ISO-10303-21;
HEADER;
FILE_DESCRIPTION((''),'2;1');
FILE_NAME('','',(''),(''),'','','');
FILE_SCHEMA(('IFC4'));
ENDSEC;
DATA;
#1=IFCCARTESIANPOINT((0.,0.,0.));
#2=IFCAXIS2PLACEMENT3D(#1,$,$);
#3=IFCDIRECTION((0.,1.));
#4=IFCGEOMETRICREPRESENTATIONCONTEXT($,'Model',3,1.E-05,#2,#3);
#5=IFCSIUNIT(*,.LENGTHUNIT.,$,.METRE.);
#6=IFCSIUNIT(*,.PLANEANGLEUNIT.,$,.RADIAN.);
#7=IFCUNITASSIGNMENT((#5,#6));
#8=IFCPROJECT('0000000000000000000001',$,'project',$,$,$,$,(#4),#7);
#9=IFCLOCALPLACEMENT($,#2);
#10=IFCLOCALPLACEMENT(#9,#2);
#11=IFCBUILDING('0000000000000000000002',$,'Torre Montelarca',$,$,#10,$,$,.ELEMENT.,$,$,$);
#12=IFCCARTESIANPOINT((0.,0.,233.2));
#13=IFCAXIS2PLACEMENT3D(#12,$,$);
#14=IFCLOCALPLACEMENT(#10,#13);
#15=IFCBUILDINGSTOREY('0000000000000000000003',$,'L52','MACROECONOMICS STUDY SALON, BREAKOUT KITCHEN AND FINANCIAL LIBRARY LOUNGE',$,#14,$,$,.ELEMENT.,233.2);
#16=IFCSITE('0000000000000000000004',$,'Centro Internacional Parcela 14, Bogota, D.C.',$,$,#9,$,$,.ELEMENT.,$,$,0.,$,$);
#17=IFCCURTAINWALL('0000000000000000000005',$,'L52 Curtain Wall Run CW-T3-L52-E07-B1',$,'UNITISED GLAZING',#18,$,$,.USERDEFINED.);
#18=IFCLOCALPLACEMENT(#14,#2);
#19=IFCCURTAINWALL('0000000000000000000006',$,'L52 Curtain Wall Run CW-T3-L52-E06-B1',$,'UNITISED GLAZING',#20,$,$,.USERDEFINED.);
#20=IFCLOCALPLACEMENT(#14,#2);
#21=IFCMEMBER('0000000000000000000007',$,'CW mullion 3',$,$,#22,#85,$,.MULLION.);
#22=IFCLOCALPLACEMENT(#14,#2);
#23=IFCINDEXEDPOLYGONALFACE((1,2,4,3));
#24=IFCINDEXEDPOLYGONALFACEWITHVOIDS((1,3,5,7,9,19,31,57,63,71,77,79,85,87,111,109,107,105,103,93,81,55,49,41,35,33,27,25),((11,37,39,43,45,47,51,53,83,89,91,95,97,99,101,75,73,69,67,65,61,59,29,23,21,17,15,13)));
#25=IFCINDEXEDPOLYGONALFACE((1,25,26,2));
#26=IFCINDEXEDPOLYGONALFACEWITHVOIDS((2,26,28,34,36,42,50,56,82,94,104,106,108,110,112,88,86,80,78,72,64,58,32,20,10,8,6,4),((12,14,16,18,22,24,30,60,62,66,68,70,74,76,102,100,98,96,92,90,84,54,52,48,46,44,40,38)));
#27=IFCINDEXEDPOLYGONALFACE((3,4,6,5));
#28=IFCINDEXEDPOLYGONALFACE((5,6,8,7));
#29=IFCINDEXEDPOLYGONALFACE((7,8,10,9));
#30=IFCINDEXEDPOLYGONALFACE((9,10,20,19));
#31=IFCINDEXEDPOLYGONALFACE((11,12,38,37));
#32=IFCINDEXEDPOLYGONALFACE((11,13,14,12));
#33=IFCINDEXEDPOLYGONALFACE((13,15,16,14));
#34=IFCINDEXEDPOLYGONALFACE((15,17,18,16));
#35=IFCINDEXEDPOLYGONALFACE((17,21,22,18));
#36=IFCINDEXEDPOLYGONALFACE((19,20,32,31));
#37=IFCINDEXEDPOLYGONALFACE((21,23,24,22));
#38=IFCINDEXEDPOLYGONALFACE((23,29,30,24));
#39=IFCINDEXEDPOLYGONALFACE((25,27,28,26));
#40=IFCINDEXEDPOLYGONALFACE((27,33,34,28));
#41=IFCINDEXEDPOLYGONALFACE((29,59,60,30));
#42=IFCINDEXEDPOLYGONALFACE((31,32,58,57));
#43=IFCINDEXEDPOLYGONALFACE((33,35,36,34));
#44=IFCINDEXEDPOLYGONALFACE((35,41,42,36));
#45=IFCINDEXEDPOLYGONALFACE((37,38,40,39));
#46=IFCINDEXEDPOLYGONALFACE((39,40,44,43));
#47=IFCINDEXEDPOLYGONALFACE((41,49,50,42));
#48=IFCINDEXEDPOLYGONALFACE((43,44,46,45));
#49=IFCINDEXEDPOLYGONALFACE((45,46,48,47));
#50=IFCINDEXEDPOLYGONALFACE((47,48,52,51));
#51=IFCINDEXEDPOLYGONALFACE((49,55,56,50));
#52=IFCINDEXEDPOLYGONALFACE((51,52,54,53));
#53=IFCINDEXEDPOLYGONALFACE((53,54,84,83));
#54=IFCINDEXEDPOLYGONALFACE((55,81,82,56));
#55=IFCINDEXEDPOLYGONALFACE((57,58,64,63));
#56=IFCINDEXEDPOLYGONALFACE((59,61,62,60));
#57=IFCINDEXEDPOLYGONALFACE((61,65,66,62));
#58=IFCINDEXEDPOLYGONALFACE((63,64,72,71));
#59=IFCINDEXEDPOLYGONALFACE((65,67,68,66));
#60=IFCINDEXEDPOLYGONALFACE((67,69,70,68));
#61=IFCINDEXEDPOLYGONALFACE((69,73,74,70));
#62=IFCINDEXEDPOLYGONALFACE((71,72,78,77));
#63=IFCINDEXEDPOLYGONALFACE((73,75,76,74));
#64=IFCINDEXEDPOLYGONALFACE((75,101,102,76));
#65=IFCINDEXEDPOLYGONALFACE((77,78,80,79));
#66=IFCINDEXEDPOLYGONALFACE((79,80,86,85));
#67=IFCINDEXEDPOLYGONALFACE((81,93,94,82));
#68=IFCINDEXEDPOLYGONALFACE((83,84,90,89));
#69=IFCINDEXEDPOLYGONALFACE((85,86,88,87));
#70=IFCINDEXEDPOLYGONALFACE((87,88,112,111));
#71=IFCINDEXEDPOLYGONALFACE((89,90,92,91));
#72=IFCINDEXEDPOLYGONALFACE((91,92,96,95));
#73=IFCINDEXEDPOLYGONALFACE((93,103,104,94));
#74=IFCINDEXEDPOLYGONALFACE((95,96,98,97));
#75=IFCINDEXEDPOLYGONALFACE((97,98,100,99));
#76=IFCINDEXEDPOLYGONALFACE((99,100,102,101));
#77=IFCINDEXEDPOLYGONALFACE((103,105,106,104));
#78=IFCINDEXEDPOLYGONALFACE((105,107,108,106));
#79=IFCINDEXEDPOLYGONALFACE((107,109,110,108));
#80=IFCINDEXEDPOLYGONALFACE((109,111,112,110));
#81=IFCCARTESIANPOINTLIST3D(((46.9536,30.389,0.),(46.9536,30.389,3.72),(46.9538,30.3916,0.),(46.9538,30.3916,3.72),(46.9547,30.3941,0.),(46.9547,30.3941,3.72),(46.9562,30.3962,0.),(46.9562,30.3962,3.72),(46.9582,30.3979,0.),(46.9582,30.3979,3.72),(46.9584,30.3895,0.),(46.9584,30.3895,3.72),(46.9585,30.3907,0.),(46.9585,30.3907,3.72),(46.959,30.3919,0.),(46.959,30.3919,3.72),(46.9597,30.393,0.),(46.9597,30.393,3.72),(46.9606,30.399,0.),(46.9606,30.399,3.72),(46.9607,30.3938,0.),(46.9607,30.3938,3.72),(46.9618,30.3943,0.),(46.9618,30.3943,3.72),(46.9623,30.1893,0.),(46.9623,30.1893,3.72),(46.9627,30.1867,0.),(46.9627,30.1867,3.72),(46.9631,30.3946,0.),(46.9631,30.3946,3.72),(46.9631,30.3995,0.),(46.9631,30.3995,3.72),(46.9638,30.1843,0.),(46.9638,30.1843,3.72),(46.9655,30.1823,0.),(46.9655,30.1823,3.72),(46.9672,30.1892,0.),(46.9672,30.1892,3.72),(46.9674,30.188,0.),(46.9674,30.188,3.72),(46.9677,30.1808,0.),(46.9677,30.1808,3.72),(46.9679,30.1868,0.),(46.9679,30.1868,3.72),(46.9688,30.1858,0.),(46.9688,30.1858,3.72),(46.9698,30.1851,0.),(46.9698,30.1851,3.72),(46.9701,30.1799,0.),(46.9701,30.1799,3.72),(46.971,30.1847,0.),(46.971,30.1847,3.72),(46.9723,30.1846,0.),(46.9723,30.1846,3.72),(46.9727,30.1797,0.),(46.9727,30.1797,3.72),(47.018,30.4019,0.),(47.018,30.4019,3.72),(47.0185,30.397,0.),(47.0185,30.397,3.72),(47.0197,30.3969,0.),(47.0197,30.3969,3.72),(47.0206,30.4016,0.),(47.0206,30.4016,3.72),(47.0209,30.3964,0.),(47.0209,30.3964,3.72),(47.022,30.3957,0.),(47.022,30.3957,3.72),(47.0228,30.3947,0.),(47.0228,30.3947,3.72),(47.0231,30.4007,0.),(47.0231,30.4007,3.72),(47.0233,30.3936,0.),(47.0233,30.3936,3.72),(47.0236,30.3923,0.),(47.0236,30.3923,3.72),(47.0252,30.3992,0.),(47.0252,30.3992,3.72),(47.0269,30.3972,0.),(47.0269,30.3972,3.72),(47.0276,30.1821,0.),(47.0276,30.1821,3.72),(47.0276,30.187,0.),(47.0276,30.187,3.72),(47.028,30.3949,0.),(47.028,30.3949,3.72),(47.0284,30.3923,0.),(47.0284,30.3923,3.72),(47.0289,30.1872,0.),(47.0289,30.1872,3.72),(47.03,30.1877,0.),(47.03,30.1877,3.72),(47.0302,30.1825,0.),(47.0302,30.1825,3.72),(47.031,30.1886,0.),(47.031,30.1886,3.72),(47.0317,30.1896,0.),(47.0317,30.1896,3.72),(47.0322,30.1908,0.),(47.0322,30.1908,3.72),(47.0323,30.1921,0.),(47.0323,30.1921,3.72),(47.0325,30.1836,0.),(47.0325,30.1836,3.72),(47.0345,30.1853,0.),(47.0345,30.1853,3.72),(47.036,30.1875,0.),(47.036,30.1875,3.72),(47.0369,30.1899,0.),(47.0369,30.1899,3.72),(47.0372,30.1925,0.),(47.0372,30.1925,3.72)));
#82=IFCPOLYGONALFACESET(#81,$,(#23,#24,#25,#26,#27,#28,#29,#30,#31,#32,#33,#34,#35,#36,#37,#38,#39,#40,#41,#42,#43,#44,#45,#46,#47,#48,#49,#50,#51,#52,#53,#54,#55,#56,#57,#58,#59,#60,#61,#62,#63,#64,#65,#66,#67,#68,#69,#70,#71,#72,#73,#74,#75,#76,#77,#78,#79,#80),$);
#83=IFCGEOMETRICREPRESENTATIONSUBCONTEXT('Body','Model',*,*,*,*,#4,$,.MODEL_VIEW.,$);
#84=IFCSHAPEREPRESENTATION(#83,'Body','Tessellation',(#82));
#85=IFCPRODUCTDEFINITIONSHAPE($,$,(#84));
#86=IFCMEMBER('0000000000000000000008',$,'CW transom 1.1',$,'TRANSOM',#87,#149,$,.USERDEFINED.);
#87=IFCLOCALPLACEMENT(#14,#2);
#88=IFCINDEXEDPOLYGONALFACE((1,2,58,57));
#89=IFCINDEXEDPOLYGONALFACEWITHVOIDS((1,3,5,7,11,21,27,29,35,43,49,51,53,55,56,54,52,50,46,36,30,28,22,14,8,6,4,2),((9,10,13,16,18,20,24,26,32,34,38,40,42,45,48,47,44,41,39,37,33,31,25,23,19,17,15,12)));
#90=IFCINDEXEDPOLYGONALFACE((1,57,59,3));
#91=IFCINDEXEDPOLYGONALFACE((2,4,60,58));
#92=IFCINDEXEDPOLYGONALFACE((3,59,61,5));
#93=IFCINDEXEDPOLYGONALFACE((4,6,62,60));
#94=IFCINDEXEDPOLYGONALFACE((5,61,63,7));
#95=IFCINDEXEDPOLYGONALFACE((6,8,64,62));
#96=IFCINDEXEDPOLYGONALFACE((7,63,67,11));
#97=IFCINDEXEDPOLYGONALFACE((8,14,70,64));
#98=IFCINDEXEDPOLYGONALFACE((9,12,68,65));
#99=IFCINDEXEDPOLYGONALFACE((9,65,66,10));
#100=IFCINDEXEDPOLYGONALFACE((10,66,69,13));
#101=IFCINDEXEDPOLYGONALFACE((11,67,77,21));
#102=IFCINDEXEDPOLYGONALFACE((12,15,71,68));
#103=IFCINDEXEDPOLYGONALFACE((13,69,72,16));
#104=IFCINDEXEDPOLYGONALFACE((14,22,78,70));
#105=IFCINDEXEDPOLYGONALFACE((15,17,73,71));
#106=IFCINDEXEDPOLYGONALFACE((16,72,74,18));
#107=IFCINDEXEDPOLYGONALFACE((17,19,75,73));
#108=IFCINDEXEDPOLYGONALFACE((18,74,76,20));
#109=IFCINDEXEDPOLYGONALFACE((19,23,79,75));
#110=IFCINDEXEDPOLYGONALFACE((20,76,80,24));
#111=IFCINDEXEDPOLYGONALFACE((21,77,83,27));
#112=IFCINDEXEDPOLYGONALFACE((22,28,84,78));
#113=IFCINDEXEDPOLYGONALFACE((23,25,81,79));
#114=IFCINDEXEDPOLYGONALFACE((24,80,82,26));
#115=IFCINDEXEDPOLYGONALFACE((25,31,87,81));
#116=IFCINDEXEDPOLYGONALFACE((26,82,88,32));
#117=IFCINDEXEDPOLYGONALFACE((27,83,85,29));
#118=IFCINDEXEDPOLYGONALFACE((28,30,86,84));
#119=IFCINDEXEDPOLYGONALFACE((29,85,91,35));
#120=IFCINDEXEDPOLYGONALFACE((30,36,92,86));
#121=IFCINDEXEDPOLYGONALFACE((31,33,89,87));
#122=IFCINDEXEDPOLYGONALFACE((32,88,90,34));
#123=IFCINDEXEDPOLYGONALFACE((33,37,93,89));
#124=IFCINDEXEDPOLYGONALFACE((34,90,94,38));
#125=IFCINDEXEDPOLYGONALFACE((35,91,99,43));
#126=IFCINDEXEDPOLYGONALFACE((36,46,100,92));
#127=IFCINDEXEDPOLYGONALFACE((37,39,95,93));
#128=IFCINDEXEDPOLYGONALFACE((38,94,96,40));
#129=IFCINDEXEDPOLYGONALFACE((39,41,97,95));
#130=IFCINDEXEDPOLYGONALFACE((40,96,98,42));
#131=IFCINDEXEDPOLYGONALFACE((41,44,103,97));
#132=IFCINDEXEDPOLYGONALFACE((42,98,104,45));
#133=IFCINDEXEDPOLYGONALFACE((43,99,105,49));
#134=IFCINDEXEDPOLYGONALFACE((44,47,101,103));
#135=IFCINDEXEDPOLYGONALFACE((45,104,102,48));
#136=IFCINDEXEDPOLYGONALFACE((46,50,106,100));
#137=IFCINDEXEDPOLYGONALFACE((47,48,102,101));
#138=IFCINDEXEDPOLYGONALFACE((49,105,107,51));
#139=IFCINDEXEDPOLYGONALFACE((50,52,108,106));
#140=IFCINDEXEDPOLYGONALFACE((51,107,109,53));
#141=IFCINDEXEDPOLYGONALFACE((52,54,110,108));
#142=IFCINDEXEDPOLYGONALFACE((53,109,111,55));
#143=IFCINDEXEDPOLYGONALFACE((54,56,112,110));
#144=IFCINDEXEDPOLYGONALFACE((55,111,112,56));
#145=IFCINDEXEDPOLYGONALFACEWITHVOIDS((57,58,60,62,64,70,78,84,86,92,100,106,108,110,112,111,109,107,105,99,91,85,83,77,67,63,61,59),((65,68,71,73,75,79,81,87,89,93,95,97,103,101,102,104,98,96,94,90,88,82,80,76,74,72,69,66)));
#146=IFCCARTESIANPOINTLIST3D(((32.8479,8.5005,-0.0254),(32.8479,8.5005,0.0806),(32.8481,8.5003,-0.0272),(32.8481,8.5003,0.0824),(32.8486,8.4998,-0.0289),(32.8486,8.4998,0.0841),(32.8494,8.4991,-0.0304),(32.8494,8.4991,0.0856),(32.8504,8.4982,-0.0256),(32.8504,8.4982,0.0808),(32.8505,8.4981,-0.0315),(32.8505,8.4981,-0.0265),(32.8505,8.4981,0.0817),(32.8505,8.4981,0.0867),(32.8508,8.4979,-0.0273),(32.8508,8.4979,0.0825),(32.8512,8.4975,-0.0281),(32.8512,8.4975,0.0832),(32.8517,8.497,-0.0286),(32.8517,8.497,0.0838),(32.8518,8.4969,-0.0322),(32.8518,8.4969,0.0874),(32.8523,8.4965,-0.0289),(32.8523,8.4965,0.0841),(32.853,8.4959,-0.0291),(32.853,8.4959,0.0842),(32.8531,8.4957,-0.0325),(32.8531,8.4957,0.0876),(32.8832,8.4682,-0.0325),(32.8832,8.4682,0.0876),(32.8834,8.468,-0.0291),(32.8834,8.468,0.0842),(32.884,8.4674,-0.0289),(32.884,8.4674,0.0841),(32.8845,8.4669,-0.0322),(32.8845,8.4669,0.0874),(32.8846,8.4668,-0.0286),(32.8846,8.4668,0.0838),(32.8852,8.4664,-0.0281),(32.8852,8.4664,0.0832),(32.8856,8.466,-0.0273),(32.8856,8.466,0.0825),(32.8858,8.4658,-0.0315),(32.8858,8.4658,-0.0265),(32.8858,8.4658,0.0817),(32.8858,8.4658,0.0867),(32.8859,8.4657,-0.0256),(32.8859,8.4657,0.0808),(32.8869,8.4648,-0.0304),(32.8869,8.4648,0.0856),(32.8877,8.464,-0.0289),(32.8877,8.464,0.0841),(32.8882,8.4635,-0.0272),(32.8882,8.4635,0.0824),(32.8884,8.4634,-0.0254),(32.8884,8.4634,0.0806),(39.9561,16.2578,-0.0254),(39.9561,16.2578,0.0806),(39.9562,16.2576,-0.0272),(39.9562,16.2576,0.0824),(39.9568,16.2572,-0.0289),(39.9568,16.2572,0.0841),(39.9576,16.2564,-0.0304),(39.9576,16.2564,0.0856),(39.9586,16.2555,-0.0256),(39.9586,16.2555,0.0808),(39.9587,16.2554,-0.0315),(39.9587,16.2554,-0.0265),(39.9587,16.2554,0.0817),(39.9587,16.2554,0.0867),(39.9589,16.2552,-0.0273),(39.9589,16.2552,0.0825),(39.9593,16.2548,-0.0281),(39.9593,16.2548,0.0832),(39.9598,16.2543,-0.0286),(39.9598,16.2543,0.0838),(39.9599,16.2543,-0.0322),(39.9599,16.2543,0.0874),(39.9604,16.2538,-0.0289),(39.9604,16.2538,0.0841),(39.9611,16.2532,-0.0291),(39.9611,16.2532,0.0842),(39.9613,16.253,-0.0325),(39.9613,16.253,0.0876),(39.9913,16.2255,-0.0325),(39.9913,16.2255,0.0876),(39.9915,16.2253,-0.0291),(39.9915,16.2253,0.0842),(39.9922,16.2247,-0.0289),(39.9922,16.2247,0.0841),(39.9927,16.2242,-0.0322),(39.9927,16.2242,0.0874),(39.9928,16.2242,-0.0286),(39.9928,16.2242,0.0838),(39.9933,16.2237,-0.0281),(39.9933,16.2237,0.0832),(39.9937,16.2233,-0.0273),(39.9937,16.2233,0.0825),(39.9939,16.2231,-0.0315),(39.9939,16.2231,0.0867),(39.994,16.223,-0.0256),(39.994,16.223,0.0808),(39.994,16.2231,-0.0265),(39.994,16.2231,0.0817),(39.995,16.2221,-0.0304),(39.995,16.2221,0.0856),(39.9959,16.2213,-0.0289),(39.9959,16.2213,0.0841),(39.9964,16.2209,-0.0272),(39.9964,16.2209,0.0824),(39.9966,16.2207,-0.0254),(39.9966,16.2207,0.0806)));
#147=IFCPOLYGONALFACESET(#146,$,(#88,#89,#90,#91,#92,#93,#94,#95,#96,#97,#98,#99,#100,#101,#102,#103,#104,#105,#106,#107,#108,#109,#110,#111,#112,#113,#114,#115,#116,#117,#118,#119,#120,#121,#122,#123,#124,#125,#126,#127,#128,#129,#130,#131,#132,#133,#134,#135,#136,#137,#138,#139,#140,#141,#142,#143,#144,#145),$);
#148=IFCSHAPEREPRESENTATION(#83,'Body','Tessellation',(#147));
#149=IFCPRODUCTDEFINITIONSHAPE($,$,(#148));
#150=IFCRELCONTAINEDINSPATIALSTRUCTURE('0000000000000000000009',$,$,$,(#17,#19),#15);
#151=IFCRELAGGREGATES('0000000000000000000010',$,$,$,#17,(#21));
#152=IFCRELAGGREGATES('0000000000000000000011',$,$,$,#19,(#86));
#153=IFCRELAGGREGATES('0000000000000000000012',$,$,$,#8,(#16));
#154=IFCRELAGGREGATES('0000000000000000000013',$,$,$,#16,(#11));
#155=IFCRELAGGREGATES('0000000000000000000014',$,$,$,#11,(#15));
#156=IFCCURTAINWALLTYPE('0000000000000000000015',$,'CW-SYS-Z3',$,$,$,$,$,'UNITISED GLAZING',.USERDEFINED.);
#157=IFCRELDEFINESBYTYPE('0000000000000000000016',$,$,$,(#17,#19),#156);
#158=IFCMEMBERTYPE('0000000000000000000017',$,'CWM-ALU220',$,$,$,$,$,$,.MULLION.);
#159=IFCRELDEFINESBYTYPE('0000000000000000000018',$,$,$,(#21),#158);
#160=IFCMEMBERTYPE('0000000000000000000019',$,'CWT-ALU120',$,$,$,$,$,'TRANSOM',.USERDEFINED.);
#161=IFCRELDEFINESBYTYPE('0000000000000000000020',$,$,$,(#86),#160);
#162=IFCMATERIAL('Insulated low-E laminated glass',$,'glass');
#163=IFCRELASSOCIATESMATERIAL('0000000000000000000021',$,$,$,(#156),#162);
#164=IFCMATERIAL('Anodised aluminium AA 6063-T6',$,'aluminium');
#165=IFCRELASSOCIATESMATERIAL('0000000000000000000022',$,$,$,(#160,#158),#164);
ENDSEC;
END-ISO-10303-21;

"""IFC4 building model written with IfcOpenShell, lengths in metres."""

from ifc_helpers import new_model, si_unit, direction, frame, origin, origin_2d, place, context, subcontext, project, spatial, hollow_rectangle, extrude, source, transform, mapped, material, material_profile, profile_set, type_object, element, aggregate, save


model = new_model("IFC4")

# Units and contexts
model_context = context("Model", 3, precision=1e-05, world=origin(), true_north=direction((0.0, 1.0)))
body_context = subcontext(model_context, "Body", "Model", "MODEL_VIEW")
ifc_project = project(units=[si_unit("LENGTHUNIT", "METRE"), si_unit("PLANEANGLEUNIT", "RADIAN")], contexts=[model_context])

# Site, building, storey
site_placement = place(None, origin())
site = spatial("IfcSite", under=ifc_project, at=site_placement, Name="Centro Internacional Parcela 14, Bogota, D.C.", CompositionType="ELEMENT", RefElevation=0.0)
building_placement = place(site_placement, origin())
building = spatial("IfcBuilding", under=site, at=building_placement, Name="Torre Montelarca", CompositionType="ELEMENT")
storey_placement = place(building_placement, frame((0.0, 0.0, 233.2)))
storey = spatial("IfcBuildingStorey", under=building, at=storey_placement, Name="L52", Description="MACROECONOMICS STUDY SALON, BREAKOUT KITCHEN AND FINANCIAL LIBRARY LOUNGE", CompositionType="ELEMENT", Elevation=233.2)

# Curtain wall
ifc_material_1 = material(Name="Insulated low-E laminated glass", Category="glass")
curtain_wall_type = type_object("IfcCurtainWallType", Name="CW-SYS-Z3", ElementType="UNITISED GLAZING", PredefinedType="USERDEFINED", material=ifc_material_1)
curtain_wall_1_placement = place(storey_placement, origin())
curtain_wall_1 = element("IfcCurtainWall", 1, at=curtain_wall_1_placement, inside=storey, type_object=curtain_wall_type, Name="L52 Curtain Wall Run CW-T3-L52-E07-B1", ObjectType="UNITISED GLAZING", PredefinedType="USERDEFINED")
ifc_material_2 = material(Name="Anodised aluminium AA 6063-T6", Category="aluminium")
ifc_material_profile_1 = material_profile(ifc_material_2, hollow_rectangle(XDim=0.0549, YDim=0.1201, WallThickness=0.0034, InnerFilletRadius=0.0034, OuterFilletRadius=0.0071, at=origin_2d()), Name="ALU55X120X3.5", Category="aluminium")
ifc_profile_set_1 = profile_set([ifc_material_profile_1], Name="Anodised aluminium AA 6063-T6")
member_type_1 = type_object("IfcMemberType", Name="CWT-ALU120", ElementType="TRANSOM", PredefinedType="USERDEFINED", material=ifc_profile_set_1)

# Shared definitions
ifc_material_profile_2 = material_profile(ifc_material_2, hollow_rectangle(XDim=0.075, YDim=0.22, WallThickness=0.0049, InnerFilletRadius=0.0049, OuterFilletRadius=0.01, at=origin_2d()), Name="ALU75X220X5", Category="aluminium")
ifc_profile_set_2 = profile_set([ifc_material_profile_2], Name="Anodised aluminium AA 6063-T6")
member_type_2 = type_object("IfcMemberType", Name="CWM-ALU220", PredefinedType="MULLION", material=ifc_profile_set_2)
shared_shape_1 = source(origin(), body_context, "Body", "SweptSolid", [
    extrude(hollow_rectangle(XDim=0.075, YDim=0.22, WallThickness=0.0049, InnerFilletRadius=0.0049, OuterFilletRadius=0.01, at=origin_2d()), origin(), (0.0, 0.0, 1.0), 3.72),
])

# Curtain wall
curtain_wall_2_placement = place(storey_placement, origin())
curtain_wall_2 = element("IfcCurtainWall", 2, at=curtain_wall_2_placement, inside=storey, type_object=curtain_wall_type, Name="L52 Curtain Wall Run CW-T3-L52-E06-B1", ObjectType="UNITISED GLAZING", PredefinedType="USERDEFINED")

# Members
member_1_placement = place(storey_placement, frame((46.9954, 30.2908, 0.0), z_axis=(0.0, 0.0, 1.0), x_axis=(-0.999048, -0.043616, 0.0)))
member_1 = element("IfcMember", 3, at=member_1_placement, type_object=member_type_2, Name="CW mullion 3", PredefinedType="MULLION", context=body_context, shape_type="MappedRepresentation", body=[
    mapped(shared_shape_1, transform((0.0, 0.0, 0.0), scale=1.0)),
])
shared_shape_2 = source(origin(), body_context, "Body", "SweptSolid", [
    extrude(hollow_rectangle(XDim=0.0549, YDim=0.1201, WallThickness=0.0034, InnerFilletRadius=0.0034, OuterFilletRadius=0.0071, at=origin_2d()), origin(), (0.0, 0.0, 1.0), 10.5215),
])
member_2_placement = place(storey_placement, frame((32.8682, 8.4819, 0.0276), z_axis=(0.675584, 0.737283, 0.0), x_axis=(-0.737283, 0.675584, 0.0)))
member_2 = element("IfcMember", 4, at=member_2_placement, type_object=member_type_1, Name="CW transom 1.1", ObjectType="TRANSOM", PredefinedType="USERDEFINED", context=body_context, shape_type="MappedRepresentation", body=[
    mapped(shared_shape_2, transform((0.0, 0.0, 0.0), scale=1.0)),
])

aggregate(curtain_wall_1, [member_1])
aggregate(curtain_wall_2, [member_2])

save(model, "model.ifc")
